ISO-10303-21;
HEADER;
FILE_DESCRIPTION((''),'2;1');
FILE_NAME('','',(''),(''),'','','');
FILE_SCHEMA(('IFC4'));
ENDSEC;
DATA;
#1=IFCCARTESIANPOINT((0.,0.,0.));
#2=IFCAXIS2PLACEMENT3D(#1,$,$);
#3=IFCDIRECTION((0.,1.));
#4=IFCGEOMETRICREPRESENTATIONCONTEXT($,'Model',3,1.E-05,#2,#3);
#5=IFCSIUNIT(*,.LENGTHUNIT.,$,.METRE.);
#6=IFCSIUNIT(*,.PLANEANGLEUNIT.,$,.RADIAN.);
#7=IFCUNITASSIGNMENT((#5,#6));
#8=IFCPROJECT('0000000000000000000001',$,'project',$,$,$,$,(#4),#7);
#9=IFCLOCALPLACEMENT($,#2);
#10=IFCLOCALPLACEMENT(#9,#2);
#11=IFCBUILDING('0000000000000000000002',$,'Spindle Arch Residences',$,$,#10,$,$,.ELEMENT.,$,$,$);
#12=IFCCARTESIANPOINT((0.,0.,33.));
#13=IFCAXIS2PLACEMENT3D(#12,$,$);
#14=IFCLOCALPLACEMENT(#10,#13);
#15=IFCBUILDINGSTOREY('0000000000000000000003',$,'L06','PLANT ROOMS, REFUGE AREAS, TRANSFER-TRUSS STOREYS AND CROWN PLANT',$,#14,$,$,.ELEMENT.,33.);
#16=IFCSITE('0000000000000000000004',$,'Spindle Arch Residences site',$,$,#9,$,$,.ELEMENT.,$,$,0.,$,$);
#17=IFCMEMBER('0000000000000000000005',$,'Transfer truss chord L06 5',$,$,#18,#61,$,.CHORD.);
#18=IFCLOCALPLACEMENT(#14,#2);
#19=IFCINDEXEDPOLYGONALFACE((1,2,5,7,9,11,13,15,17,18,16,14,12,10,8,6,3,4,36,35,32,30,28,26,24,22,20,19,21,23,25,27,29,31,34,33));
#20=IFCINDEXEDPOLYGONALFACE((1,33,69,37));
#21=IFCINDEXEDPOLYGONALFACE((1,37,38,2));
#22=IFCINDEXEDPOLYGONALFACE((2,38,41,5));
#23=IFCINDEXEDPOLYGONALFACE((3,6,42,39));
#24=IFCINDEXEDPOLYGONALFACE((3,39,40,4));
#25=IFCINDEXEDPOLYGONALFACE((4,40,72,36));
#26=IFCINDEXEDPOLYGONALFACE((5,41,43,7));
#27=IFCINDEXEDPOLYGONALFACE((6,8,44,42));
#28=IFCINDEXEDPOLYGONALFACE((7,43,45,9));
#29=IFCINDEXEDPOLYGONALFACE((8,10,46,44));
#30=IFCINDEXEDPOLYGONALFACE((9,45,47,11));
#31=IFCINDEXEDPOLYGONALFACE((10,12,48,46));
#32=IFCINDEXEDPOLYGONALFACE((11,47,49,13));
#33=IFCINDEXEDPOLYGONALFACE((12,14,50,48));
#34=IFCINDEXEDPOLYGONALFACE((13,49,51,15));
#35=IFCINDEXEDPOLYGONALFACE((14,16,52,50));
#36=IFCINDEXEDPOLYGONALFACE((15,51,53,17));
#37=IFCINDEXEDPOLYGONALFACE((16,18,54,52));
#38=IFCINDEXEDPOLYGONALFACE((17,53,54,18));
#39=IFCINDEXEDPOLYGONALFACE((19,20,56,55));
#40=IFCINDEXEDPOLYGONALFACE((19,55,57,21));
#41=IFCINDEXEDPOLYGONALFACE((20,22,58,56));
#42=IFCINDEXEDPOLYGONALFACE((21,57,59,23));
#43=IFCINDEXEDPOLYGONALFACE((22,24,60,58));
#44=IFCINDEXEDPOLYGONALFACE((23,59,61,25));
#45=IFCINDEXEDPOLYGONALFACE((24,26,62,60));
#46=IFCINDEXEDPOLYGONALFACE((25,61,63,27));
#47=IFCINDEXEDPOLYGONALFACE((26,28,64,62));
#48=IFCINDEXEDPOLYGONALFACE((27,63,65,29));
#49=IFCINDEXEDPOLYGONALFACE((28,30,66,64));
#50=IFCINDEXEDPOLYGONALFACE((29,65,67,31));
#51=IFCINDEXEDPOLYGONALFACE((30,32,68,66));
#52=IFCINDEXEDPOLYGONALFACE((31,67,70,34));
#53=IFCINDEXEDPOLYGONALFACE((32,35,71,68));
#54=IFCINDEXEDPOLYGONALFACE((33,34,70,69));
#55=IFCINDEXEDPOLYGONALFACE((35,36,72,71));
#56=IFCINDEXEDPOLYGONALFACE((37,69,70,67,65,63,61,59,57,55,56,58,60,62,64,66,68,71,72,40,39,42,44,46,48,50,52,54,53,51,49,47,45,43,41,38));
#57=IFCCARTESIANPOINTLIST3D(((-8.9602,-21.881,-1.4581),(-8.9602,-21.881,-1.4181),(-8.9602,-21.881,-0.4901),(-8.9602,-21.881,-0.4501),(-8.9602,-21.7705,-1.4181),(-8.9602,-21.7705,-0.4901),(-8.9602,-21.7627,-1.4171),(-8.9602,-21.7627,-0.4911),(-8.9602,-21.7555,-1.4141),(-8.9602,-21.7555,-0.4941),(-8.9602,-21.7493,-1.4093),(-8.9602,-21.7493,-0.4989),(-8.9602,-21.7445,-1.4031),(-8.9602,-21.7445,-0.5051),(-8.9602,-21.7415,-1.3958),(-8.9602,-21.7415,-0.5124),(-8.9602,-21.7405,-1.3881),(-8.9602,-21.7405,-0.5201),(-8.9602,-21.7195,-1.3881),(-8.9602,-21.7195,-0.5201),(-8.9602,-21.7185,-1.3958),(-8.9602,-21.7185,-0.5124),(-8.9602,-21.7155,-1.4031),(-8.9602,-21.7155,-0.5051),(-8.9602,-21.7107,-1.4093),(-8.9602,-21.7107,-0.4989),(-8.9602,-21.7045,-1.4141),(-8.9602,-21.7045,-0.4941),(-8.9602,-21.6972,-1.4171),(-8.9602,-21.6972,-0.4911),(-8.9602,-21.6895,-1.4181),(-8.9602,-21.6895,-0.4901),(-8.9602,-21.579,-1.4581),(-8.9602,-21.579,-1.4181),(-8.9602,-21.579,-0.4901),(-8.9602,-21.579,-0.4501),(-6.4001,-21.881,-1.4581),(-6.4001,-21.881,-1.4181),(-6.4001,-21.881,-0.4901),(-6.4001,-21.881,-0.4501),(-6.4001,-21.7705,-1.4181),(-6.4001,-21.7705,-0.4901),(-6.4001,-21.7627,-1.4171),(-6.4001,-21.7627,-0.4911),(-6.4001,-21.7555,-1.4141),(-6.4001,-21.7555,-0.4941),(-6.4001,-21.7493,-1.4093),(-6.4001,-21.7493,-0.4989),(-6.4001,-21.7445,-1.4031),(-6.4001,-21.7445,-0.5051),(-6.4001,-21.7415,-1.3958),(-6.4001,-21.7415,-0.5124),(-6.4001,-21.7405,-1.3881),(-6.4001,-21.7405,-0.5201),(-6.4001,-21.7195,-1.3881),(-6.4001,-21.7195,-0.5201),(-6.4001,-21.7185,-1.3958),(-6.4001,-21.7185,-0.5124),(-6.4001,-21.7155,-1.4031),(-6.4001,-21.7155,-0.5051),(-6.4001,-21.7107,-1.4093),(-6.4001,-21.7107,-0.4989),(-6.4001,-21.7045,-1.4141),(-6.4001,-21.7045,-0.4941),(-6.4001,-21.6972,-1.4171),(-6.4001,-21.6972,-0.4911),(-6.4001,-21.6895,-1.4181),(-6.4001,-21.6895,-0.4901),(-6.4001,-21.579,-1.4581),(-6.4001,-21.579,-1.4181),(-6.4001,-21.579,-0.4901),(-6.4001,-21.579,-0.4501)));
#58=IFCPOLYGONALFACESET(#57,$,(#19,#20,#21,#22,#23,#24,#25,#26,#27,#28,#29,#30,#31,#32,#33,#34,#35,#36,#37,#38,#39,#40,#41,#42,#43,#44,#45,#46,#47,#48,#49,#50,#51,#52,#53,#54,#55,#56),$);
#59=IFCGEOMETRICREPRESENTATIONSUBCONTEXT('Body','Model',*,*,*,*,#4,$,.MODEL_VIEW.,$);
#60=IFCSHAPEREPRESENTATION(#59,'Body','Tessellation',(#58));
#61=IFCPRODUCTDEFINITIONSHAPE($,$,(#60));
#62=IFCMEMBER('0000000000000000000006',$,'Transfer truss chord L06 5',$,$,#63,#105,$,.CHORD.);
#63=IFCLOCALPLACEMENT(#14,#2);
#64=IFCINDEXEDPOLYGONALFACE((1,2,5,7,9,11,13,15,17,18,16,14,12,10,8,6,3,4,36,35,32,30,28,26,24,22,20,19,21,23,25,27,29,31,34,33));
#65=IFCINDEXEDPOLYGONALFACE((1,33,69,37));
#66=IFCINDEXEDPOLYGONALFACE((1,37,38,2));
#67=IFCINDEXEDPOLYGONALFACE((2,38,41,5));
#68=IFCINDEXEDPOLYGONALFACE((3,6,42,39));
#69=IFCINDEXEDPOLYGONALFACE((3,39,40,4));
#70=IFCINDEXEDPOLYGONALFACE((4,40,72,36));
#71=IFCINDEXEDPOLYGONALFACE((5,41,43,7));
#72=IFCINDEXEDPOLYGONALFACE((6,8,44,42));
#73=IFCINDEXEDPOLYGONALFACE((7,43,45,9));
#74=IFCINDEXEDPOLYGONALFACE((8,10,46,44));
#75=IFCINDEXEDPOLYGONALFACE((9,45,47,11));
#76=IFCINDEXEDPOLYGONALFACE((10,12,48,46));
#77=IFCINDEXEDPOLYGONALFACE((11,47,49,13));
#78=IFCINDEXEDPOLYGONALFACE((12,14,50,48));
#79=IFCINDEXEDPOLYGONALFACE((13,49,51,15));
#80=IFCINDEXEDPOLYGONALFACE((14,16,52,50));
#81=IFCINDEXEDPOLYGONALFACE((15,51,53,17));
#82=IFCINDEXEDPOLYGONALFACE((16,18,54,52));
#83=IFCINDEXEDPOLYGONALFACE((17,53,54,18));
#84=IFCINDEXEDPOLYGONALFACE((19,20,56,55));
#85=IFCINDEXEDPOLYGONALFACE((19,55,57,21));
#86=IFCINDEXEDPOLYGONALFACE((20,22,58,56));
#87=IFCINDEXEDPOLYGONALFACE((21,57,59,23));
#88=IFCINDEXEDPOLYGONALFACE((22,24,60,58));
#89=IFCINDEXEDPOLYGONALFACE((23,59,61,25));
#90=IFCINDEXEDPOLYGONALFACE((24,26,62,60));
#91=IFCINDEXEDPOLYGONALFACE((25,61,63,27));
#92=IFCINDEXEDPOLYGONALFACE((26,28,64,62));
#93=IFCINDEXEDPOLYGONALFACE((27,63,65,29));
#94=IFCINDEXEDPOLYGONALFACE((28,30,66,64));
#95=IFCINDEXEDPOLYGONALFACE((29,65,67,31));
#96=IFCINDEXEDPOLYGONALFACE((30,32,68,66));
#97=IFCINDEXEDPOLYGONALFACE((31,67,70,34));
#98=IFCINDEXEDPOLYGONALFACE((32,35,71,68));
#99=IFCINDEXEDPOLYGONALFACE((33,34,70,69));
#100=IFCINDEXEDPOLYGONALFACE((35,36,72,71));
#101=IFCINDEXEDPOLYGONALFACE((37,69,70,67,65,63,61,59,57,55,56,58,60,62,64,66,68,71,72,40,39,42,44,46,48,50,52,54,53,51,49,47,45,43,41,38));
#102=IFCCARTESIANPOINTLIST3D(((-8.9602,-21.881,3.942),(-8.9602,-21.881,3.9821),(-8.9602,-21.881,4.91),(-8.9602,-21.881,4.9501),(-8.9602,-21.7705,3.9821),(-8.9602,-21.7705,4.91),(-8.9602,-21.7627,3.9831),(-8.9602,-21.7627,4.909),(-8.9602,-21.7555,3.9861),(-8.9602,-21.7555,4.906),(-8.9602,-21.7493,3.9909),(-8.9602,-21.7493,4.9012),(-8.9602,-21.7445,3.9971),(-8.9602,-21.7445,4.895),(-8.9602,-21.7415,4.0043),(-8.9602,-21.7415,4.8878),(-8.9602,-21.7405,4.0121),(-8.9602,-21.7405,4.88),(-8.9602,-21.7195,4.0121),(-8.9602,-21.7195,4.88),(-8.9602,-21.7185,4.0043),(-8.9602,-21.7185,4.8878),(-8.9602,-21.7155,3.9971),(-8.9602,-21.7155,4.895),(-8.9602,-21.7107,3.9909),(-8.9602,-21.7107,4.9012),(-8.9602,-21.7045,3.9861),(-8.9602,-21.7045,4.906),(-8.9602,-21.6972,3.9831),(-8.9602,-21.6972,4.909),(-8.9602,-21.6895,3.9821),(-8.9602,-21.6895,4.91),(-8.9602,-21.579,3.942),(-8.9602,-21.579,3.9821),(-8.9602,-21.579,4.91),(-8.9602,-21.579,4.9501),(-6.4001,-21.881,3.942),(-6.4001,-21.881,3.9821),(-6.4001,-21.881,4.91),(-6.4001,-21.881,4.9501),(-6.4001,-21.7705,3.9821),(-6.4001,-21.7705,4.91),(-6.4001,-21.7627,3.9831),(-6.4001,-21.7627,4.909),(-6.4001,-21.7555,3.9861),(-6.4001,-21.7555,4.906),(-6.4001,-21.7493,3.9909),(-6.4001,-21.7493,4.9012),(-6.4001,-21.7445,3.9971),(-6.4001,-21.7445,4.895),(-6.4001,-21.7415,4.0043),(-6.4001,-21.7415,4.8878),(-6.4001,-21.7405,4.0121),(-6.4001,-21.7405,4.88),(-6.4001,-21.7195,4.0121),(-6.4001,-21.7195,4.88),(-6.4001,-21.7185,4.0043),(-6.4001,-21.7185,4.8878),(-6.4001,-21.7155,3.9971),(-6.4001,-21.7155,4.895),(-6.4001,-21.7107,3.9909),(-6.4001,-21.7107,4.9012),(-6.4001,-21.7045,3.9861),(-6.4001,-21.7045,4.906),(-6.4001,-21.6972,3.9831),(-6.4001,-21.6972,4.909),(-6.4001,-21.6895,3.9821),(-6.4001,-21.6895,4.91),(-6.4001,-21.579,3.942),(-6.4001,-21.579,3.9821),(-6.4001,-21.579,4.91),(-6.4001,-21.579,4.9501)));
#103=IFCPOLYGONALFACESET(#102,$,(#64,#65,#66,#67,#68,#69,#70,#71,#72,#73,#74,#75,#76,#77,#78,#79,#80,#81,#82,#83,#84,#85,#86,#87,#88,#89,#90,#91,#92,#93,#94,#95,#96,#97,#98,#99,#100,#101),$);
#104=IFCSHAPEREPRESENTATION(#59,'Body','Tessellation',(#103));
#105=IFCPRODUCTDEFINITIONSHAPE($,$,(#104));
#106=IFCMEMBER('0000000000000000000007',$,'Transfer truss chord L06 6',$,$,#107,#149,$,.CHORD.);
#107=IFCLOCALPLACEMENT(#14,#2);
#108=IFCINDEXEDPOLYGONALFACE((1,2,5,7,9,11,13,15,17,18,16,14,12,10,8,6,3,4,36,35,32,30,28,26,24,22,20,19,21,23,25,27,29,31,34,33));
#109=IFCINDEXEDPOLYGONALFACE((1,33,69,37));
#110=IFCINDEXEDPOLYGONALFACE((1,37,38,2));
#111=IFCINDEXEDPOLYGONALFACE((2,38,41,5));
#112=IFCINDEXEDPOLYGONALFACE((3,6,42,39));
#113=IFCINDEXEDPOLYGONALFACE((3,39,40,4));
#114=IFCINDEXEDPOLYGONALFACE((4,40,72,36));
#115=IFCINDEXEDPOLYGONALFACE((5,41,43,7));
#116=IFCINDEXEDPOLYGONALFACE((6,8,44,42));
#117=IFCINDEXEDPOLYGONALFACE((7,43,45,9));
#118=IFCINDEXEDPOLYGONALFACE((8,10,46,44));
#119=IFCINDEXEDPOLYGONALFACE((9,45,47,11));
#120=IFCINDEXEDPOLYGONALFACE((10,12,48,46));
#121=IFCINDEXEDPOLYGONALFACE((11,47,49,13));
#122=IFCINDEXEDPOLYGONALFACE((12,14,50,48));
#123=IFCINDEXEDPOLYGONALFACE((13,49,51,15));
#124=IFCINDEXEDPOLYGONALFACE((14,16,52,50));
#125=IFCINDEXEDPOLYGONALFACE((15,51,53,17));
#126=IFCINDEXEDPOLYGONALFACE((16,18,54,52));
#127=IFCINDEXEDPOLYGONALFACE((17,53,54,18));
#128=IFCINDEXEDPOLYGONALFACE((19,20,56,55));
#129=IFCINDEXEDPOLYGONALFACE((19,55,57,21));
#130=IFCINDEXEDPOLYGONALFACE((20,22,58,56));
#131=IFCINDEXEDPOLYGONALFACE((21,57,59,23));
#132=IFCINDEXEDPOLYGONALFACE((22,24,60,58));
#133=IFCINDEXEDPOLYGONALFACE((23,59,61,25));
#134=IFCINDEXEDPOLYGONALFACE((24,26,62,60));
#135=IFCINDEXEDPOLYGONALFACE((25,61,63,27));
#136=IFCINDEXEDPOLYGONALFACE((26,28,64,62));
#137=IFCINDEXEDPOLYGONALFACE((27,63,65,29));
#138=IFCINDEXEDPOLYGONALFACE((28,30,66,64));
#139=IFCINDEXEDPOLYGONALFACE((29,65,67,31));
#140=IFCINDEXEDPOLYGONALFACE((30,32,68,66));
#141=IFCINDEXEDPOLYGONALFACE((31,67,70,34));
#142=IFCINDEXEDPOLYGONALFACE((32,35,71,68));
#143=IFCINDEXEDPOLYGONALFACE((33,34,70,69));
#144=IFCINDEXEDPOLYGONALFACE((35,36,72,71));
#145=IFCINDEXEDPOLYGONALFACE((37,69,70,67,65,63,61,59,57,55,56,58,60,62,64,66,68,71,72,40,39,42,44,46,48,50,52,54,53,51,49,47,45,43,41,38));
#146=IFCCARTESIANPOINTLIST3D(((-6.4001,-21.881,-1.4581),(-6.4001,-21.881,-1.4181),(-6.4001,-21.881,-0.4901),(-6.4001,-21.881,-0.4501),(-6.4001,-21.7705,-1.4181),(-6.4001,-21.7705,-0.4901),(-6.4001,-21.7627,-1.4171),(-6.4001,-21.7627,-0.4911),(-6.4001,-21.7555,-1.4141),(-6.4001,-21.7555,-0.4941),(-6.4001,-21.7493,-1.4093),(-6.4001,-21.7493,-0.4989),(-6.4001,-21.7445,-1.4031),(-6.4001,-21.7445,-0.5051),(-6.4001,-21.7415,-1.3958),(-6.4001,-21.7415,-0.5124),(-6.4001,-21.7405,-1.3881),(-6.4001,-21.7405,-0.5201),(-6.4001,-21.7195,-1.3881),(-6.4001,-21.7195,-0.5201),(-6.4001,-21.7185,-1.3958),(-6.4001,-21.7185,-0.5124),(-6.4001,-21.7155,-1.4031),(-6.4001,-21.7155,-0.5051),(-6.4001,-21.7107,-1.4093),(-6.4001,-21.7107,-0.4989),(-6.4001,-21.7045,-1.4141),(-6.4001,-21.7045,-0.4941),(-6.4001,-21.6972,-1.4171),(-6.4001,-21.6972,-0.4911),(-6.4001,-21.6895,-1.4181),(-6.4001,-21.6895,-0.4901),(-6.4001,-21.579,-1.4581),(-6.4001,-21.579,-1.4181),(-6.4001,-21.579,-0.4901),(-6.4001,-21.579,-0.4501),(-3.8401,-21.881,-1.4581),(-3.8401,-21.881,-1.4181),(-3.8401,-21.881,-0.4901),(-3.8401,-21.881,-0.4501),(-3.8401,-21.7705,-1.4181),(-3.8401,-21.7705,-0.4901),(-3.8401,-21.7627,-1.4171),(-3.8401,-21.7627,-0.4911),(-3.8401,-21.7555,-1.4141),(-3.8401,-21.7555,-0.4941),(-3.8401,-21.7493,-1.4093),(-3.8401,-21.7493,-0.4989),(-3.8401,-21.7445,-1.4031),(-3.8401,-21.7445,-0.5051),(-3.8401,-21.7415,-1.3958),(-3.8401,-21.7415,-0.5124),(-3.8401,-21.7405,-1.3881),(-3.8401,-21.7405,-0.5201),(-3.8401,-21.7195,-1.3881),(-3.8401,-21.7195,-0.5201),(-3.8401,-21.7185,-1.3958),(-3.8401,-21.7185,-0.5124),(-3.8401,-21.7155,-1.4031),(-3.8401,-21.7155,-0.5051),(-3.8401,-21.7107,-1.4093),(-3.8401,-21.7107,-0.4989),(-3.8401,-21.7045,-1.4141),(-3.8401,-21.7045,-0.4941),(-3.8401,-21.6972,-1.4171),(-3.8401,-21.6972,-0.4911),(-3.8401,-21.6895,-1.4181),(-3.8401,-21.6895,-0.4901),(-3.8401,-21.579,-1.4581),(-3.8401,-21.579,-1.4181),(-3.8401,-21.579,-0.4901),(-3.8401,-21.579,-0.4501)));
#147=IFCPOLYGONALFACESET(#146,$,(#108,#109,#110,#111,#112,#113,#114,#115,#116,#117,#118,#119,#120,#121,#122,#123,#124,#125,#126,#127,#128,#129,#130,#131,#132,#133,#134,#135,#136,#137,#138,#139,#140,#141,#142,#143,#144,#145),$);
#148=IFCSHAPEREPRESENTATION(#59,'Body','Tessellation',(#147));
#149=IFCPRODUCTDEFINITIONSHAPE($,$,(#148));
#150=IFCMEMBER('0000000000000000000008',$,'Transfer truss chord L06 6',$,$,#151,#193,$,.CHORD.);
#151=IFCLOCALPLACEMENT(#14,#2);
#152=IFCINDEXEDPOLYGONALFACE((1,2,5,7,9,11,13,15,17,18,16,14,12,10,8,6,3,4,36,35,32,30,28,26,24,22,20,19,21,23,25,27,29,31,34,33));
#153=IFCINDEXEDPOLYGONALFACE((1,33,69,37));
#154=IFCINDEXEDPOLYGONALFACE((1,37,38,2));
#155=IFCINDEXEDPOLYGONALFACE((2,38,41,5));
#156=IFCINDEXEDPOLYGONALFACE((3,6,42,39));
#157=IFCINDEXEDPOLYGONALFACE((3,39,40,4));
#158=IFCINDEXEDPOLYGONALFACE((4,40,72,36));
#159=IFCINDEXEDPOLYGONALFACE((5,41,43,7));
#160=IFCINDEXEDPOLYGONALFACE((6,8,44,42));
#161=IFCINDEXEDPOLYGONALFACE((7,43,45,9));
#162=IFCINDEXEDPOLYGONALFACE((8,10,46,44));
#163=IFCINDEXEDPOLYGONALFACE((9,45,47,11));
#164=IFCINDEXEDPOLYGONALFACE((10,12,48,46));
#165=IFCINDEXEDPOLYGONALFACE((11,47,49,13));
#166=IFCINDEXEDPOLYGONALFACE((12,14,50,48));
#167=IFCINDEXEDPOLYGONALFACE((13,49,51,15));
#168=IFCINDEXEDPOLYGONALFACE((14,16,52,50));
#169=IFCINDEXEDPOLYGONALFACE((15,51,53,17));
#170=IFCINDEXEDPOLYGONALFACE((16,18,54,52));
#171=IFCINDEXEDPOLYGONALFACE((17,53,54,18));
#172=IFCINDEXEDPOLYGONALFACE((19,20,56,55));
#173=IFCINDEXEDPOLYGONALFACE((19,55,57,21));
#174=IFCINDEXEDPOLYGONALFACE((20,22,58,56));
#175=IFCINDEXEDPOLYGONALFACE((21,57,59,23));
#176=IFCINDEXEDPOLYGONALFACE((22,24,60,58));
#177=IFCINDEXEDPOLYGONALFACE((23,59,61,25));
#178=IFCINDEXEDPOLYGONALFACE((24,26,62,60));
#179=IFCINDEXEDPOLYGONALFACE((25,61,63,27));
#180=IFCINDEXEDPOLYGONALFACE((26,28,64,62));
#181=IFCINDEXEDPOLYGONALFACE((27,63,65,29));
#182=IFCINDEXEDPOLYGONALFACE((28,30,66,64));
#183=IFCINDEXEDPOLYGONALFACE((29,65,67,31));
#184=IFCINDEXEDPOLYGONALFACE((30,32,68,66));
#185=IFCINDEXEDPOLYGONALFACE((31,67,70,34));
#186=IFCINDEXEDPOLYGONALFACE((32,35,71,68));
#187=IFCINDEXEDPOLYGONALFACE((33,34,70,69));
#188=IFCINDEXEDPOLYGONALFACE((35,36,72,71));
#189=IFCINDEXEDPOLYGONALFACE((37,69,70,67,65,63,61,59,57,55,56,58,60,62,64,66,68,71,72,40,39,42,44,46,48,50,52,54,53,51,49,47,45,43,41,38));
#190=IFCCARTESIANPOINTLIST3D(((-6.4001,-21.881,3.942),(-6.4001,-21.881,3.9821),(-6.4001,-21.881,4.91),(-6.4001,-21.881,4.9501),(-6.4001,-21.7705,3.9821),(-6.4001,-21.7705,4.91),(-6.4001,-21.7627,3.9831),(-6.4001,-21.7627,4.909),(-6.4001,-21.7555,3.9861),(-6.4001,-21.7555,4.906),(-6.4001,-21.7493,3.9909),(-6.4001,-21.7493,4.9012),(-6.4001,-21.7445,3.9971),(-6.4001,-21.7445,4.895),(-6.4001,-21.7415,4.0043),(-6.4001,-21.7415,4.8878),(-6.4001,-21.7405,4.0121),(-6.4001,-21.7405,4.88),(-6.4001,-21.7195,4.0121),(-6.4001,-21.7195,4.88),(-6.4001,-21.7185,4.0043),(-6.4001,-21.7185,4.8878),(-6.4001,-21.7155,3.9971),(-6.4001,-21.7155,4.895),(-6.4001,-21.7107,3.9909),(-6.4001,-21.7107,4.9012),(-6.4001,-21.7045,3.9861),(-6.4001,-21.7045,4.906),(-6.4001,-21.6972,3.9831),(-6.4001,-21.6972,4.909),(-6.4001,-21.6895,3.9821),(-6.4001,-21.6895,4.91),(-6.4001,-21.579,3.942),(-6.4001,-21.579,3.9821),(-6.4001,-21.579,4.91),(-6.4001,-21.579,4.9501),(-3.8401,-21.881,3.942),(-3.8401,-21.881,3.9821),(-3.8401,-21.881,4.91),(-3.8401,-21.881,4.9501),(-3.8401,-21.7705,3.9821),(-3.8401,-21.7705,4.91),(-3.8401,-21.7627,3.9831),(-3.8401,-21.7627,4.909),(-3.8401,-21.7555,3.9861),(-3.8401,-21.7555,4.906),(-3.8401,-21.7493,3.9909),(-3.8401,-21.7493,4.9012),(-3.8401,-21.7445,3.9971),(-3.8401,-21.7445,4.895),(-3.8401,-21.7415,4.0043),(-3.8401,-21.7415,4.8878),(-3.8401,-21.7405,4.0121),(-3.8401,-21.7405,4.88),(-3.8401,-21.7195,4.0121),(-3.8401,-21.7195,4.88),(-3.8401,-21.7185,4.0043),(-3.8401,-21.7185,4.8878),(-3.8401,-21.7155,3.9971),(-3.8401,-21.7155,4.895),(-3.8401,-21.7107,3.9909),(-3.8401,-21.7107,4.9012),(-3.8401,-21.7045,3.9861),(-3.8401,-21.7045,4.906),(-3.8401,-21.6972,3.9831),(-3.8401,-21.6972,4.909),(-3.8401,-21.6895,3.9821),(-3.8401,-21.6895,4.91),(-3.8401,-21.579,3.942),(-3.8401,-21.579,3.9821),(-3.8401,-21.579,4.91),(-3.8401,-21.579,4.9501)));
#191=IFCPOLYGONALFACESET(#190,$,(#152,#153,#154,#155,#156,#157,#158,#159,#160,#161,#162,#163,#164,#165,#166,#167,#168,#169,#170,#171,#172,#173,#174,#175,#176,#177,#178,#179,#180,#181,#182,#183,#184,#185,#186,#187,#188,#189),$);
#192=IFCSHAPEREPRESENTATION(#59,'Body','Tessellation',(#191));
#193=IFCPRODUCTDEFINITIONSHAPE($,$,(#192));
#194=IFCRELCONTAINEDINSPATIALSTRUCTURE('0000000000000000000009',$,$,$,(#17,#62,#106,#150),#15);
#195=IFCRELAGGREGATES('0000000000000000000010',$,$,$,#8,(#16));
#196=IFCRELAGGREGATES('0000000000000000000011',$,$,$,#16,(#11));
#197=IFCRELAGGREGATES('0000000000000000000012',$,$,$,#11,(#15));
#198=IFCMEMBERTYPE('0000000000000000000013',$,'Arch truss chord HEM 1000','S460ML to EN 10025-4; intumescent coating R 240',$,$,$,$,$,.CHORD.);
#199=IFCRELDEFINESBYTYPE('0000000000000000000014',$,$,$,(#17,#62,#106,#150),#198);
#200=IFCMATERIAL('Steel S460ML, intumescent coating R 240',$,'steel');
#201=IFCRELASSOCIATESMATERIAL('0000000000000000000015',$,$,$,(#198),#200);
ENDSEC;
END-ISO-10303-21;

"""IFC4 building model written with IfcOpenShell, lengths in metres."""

from ifc_helpers import new_model, si_unit, direction, frame, origin, origin_2d, place, context, subcontext, project, spatial, i_section, extrude, material, material_profile, profile_set, type_object, element, save


model = new_model("IFC4")

# Units and contexts
model_context = context("Model", 3, precision=1e-05, world=origin(), true_north=direction((0.0, 1.0)))
body_context = subcontext(model_context, "Body", "Model", "MODEL_VIEW")
ifc_project = project(units=[si_unit("LENGTHUNIT", "METRE"), si_unit("PLANEANGLEUNIT", "RADIAN")], contexts=[model_context])

# Site, building, storey
site_placement = place(None, origin())
site = spatial("IfcSite", under=ifc_project, at=site_placement, Name="Spindle Arch Residences site", CompositionType="ELEMENT", RefElevation=0.0)
building_placement = place(site_placement, origin())
building = spatial("IfcBuilding", under=site, at=building_placement, Name="Spindle Arch Residences", CompositionType="ELEMENT")
storey_placement = place(building_placement, frame((0.0, 0.0, 33.0)))
storey = spatial("IfcBuildingStorey", under=building, at=storey_placement, Name="L06", Description="PLANT ROOMS, REFUGE AREAS, TRANSFER-TRUSS STOREYS AND CROWN PLANT", CompositionType="ELEMENT", Elevation=33.0)

# Members
ifc_material_1 = material(Name="Steel S460ML, intumescent coating R 240", Category="steel")
ifc_material_profile_1 = material_profile(ifc_material_1, i_section(OverallWidth=0.302, OverallDepth=1.0081, WebThickness=0.021, FlangeThickness=0.04, FilletRadius=0.03, at=origin_2d()), Name="HEM 1000")
ifc_profile_set_1 = profile_set([ifc_material_profile_1], Name="Steel S460ML, intumescent coating R 240")
member_type_1 = type_object("IfcMemberType", Name="Arch truss chord HEM 1000", Description="S460ML to EN 10025-4; intumescent coating R 240", PredefinedType="CHORD", material=ifc_profile_set_1)
for number, where, z_axis, x_axis, name in (
    (1, (-8.9602, -21.73, -0.9541), (1.0, 0.0, 0.0), (0.0, 1.0, 0.0), "Transfer truss chord L06 5"),
    (2, (-8.9602, -21.73, 4.446), (1.0, 0.0, 0.0), (0.0, 1.0, 0.0), "Transfer truss chord L06 5"),
    (3, (-6.4001, -21.73, -0.9541), (1.0, 0.0, 0.0), (0.0, 1.0, 0.0), "Transfer truss chord L06 6"),
    (4, (-6.4001, -21.73, 4.446), (1.0, 0.0, 0.0), (0.0, 1.0, 0.0), "Transfer truss chord L06 6"),
):
    element("IfcMember", number, at=place(storey_placement, frame(where, z_axis=z_axis, x_axis=x_axis)), inside=storey, type_object=member_type_1, Name=name, PredefinedType="CHORD", context=body_context, shape_type="SweptSolid", body=[
        extrude(i_section(OverallWidth=0.302, OverallDepth=1.0081, WebThickness=0.021, FlangeThickness=0.04, FilletRadius=0.03, at=origin_2d()), origin(), (0.0, 0.0, 1.0), 2.5601),
    ])

save(model, "model.ifc")
